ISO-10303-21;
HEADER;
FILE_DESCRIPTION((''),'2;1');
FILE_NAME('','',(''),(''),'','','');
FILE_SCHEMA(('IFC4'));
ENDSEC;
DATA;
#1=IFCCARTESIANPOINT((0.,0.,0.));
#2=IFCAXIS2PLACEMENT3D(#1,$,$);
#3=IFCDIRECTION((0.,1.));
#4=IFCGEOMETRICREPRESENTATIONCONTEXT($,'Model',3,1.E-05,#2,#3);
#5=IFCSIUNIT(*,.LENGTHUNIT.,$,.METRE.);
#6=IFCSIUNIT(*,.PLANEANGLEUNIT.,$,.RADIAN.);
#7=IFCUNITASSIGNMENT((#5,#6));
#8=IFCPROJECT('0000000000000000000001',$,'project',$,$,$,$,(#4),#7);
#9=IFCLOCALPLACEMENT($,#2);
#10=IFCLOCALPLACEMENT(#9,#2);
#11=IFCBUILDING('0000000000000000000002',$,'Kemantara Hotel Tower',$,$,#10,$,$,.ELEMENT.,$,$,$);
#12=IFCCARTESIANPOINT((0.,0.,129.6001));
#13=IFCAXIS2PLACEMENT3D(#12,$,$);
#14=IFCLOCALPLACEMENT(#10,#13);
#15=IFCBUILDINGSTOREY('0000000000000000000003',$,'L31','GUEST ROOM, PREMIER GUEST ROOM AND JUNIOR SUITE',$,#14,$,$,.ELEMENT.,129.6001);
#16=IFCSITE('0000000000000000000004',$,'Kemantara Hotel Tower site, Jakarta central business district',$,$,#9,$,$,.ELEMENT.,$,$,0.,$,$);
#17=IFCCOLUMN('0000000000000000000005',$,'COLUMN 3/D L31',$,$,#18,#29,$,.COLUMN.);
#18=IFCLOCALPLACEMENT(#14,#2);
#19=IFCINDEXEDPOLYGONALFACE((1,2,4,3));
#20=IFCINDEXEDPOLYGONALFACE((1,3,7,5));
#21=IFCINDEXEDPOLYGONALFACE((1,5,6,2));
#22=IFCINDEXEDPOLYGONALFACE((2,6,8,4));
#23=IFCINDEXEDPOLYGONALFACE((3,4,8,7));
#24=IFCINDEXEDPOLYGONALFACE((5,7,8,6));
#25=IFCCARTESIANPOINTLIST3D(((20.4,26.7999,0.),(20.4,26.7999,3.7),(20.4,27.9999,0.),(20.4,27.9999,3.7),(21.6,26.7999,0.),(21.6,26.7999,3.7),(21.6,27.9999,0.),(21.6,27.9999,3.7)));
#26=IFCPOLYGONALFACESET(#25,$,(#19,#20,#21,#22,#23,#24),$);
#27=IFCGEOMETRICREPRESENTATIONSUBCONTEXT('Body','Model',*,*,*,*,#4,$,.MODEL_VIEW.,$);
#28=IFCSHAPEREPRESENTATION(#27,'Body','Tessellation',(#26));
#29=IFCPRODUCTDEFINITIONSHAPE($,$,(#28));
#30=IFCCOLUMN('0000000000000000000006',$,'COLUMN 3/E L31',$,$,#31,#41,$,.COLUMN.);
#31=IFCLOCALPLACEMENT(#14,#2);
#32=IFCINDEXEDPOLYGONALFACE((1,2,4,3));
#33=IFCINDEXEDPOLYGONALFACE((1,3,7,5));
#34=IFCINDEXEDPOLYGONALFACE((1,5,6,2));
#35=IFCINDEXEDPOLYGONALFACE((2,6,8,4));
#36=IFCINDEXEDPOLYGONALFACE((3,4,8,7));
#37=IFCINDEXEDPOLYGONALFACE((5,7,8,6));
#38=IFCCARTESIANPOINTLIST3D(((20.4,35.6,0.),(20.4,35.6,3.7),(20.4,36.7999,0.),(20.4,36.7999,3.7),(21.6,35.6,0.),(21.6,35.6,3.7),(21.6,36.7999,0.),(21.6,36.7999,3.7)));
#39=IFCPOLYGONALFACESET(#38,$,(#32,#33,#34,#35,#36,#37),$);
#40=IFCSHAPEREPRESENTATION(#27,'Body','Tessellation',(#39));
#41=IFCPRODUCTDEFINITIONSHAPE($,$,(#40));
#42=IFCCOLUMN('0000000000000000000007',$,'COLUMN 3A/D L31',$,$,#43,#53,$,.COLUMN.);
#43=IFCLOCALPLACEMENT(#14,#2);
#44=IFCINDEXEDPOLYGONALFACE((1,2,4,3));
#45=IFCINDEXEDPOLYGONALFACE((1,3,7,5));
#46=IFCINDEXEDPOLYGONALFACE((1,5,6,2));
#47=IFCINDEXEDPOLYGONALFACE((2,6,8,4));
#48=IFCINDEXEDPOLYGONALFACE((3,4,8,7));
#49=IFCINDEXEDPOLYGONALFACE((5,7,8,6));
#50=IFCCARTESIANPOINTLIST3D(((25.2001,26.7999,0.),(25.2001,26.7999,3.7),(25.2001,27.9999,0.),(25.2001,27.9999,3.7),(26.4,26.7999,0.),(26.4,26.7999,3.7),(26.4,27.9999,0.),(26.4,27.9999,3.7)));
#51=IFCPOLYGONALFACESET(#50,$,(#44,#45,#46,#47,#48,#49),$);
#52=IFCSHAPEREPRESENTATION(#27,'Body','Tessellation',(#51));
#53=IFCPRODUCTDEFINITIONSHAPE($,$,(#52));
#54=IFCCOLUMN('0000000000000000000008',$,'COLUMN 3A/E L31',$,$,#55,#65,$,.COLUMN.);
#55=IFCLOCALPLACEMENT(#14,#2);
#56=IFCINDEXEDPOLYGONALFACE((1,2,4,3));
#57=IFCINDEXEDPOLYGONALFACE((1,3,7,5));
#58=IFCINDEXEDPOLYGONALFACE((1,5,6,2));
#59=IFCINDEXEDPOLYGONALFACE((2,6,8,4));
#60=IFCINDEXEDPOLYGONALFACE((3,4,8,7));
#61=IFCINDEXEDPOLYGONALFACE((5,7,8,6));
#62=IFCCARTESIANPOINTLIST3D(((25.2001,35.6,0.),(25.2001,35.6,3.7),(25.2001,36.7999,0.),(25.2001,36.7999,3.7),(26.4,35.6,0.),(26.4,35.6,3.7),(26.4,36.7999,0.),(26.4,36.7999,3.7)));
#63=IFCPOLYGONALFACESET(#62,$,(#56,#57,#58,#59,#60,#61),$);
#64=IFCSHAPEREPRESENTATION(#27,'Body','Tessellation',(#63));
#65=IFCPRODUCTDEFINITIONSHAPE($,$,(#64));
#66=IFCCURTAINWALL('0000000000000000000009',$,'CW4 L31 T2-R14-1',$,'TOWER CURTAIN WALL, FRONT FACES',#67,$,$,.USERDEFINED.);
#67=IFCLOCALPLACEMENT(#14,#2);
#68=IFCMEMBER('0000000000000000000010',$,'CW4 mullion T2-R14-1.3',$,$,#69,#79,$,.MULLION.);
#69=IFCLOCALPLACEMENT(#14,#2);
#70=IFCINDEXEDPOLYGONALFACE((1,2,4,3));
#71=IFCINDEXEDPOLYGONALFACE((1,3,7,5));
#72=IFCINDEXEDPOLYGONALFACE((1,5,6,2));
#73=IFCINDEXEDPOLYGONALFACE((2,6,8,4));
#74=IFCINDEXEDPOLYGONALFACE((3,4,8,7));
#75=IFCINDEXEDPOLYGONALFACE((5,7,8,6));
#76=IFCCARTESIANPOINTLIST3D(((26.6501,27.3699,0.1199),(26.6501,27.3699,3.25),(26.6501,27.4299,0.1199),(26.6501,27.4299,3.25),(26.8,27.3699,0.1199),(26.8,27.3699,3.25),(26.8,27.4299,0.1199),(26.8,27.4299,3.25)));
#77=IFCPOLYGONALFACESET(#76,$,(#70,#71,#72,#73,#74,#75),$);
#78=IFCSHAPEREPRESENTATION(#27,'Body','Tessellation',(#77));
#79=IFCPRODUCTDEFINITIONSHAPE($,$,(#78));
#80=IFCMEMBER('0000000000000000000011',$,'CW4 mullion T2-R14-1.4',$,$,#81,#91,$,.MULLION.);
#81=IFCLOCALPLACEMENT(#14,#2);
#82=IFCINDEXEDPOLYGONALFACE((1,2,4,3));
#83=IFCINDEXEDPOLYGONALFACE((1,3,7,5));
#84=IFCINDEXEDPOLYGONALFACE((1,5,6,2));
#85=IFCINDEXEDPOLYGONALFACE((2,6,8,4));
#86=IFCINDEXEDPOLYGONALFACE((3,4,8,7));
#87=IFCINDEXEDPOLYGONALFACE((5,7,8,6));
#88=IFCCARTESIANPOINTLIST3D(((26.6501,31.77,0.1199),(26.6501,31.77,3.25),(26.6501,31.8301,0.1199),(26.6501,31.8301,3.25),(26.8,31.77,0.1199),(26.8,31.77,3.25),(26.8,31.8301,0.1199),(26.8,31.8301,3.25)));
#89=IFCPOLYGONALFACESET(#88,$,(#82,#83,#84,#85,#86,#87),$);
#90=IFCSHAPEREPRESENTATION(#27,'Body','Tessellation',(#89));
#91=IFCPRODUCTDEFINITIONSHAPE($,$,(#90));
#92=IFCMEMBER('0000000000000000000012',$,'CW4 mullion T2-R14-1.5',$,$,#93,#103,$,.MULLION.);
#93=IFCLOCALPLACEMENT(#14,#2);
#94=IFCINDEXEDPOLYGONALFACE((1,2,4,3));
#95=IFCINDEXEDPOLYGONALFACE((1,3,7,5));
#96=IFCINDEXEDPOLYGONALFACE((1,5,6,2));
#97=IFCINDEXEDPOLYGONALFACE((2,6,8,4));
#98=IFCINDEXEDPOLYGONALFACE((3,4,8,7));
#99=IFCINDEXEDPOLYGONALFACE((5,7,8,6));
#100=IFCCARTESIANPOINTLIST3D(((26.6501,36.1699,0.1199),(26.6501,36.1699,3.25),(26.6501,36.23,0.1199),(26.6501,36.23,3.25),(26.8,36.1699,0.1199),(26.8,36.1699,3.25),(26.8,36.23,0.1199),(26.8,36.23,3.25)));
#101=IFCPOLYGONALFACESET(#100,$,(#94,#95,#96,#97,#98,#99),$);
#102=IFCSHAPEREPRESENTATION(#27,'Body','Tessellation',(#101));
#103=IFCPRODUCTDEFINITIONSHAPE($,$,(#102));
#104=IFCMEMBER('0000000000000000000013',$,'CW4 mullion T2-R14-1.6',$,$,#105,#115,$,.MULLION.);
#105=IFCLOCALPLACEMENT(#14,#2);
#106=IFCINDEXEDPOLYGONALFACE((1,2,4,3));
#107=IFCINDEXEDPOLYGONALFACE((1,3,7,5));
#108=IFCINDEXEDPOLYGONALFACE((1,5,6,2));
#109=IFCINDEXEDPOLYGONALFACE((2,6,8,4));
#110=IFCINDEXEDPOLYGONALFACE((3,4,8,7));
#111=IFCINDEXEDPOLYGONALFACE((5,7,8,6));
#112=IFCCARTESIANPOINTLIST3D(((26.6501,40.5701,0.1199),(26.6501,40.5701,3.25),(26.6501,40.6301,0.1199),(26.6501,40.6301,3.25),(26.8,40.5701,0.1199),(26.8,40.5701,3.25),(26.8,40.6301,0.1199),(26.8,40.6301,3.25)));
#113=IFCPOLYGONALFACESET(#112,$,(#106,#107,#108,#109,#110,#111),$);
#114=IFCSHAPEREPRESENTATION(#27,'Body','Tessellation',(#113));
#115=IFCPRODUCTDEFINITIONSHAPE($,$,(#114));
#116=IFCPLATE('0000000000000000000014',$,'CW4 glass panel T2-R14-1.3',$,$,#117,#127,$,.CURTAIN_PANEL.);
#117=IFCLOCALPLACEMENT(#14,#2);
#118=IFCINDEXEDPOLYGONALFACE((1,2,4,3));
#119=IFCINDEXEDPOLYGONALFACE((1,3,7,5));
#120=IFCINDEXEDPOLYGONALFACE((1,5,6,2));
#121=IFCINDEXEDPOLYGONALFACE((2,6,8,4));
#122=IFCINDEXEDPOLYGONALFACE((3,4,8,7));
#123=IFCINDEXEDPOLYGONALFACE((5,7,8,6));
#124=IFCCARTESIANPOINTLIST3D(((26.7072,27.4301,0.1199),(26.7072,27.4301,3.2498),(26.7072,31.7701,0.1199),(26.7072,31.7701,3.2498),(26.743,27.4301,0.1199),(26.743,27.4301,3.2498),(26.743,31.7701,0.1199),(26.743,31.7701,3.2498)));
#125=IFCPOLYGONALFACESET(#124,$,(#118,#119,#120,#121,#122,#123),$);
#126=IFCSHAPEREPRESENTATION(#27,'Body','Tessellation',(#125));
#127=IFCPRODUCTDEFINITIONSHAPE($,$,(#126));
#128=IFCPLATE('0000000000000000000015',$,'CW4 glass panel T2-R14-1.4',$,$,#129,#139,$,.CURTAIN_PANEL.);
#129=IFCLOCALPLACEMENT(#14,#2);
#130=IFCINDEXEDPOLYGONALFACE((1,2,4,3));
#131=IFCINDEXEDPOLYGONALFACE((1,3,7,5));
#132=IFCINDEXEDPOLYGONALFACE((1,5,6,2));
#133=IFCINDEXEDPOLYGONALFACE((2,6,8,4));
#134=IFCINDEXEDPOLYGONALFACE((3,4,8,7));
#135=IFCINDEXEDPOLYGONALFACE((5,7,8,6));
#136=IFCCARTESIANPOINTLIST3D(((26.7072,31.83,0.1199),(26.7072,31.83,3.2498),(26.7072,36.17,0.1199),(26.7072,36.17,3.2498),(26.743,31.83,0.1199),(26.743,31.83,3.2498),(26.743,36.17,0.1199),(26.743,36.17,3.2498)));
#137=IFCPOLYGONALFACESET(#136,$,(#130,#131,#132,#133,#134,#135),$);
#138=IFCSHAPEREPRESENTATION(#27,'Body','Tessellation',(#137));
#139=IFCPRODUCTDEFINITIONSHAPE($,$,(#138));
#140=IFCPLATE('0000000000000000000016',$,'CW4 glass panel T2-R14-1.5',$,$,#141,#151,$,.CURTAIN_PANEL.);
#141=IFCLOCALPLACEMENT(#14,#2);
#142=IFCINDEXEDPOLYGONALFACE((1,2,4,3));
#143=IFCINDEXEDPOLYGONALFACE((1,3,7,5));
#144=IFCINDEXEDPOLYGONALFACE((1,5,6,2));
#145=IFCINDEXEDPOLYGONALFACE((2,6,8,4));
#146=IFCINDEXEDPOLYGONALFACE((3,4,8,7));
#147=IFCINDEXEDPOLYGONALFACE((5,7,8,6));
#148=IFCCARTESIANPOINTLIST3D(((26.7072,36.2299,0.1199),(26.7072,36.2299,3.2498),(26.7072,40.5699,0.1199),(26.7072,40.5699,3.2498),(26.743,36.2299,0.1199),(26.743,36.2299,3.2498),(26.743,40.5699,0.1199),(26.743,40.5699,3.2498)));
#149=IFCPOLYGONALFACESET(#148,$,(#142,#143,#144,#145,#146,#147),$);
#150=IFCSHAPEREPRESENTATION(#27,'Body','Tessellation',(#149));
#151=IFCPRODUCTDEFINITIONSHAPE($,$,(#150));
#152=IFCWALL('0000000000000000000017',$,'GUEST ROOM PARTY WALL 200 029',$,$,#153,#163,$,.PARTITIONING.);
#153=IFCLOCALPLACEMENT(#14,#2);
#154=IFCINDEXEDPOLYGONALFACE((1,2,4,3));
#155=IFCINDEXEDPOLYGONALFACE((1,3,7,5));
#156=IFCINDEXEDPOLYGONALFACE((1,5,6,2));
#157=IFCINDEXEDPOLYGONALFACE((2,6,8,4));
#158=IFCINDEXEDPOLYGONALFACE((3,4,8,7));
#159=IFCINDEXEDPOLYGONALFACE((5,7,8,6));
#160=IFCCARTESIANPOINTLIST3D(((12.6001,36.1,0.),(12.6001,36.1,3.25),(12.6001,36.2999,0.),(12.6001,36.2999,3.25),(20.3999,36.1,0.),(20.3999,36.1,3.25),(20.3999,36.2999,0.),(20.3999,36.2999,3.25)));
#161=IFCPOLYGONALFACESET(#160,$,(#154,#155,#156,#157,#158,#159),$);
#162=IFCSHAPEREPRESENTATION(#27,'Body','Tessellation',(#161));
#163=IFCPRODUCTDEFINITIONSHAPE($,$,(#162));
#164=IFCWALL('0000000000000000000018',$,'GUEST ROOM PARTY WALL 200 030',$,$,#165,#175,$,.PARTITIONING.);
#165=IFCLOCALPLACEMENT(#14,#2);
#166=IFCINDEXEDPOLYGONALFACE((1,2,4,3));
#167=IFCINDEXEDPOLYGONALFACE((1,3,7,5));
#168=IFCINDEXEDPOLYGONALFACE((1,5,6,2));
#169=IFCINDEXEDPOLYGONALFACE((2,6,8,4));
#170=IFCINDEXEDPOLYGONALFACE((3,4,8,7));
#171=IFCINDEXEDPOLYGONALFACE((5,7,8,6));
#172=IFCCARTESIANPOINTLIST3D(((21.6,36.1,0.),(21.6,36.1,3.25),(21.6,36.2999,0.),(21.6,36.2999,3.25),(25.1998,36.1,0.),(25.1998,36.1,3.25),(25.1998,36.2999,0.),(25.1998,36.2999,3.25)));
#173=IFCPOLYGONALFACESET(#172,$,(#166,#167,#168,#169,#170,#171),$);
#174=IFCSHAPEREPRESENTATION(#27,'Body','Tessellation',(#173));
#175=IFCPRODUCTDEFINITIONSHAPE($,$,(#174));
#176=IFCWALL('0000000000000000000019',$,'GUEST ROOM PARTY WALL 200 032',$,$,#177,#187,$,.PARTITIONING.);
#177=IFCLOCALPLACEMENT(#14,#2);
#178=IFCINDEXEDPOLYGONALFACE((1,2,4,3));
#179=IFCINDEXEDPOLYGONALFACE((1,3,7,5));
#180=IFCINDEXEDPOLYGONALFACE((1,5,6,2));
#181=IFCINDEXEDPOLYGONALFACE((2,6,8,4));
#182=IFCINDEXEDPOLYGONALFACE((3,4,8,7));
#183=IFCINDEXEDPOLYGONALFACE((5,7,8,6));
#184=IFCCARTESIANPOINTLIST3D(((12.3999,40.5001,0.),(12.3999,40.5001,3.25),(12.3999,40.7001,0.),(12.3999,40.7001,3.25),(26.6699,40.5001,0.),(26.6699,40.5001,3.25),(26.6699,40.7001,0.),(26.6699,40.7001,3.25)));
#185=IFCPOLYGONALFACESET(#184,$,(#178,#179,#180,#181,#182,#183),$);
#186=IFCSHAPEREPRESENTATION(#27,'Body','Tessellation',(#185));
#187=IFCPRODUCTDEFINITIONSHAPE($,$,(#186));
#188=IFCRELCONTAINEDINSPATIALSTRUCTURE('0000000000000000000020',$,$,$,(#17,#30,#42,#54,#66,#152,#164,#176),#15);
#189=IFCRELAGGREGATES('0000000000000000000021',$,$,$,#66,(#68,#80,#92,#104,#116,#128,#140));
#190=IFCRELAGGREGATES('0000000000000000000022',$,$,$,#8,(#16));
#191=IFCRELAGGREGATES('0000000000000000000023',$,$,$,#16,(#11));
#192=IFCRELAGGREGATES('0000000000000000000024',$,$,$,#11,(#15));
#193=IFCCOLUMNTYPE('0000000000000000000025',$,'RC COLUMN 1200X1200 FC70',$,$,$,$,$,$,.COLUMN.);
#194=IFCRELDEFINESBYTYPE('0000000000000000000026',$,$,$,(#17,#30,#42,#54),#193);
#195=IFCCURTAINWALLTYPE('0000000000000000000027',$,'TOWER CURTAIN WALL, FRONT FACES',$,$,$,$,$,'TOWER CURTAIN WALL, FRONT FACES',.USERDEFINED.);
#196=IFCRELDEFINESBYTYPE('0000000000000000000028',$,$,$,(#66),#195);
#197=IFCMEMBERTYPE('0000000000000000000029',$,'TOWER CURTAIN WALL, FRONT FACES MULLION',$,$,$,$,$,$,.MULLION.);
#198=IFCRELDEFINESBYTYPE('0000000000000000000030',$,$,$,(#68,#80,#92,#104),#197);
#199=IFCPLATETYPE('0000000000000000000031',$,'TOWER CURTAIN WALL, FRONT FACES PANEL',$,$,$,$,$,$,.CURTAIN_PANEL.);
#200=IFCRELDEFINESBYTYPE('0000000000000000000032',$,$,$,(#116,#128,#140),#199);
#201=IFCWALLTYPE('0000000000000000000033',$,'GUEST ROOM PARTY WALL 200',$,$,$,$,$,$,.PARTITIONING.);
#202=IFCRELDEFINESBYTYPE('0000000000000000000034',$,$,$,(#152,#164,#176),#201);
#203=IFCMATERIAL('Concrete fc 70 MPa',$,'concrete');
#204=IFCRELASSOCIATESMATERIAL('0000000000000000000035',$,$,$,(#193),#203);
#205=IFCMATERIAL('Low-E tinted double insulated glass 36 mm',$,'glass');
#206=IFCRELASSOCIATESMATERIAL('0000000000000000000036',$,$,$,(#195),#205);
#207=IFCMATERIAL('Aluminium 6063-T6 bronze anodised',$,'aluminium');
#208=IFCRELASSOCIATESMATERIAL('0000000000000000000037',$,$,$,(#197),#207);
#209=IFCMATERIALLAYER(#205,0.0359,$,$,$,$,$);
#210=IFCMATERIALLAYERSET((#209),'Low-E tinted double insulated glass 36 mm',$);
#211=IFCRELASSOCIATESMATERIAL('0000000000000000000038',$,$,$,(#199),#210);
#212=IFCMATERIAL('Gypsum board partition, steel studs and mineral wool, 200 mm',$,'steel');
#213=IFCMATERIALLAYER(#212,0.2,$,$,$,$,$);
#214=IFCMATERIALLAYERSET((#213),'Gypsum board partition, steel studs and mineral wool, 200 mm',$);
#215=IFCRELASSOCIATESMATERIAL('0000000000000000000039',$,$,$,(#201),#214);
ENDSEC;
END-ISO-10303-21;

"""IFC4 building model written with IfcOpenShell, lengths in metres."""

from ifc_helpers import new_model, si_unit, direction, frame, frame_2d, origin, origin_2d, place, context, subcontext, project, spatial, rectangle, extrude, source, transform, mapped, material, layer, layer_set, material_profile, profile_set, type_object, element, aggregate, save


model = new_model("IFC4")

# Units and contexts
model_context = context("Model", 3, precision=1e-05, world=origin(), true_north=direction((0.0, 1.0)))
body_context = subcontext(model_context, "Body", "Model", "MODEL_VIEW")
ifc_project = project(units=[si_unit("LENGTHUNIT", "METRE"), si_unit("PLANEANGLEUNIT", "RADIAN")], contexts=[model_context])

# Site, building, storey
site_placement = place(None, origin())
site = spatial("IfcSite", under=ifc_project, at=site_placement, Name="Kemantara Hotel Tower site, Jakarta central business district", CompositionType="ELEMENT", RefElevation=0.0)
building_placement = place(site_placement, origin())
building = spatial("IfcBuilding", under=site, at=building_placement, Name="Kemantara Hotel Tower", CompositionType="ELEMENT")
storey_placement = place(building_placement, frame((0.0, 0.0, 129.6001)))
storey = spatial("IfcBuildingStorey", under=building, at=storey_placement, Name="L31", Description="GUEST ROOM, PREMIER GUEST ROOM AND JUNIOR SUITE", CompositionType="ELEMENT", Elevation=129.6001)

# Columns
ifc_material_1 = material(Name="Concrete fc 70 MPa", Category="concrete")
ifc_material_profile_1 = material_profile(ifc_material_1, rectangle(XDim=1.2, YDim=1.2, at=origin_2d()), Name="RC 1200X1200")
ifc_profile_set_1 = profile_set([ifc_material_profile_1], Name="Concrete fc 70 MPa")
column_type = type_object("IfcColumnType", Name="RC COLUMN 1200X1200 FC70", PredefinedType="COLUMN", material=ifc_profile_set_1)
for number, where, z_axis, x_axis, name in (
    (1, (21.0, 27.3999, 0.0), (0.0, 0.0, 1.0), (1.0, 0.0, 0.0), "COLUMN 3/D L31"),
    (2, (21.0, 36.2, 0.0), (0.0, 0.0, 1.0), (1.0, 0.0, 0.0), "COLUMN 3/E L31"),
    (3, (25.8, 27.3999, 0.0), (0.0, 0.0, 1.0), (1.0, 0.0, 0.0), "COLUMN 3A/D L31"),
    (4, (25.8, 36.2, 0.0), (0.0, 0.0, 1.0), (1.0, 0.0, 0.0), "COLUMN 3A/E L31"),
):
    element("IfcColumn", number, at=place(storey_placement, frame(where, z_axis=z_axis, x_axis=x_axis)), inside=storey, type_object=column_type, Name=name, PredefinedType="COLUMN", context=body_context, shape_type="SweptSolid", body=[
        extrude(rectangle(XDim=1.2, YDim=1.2, at=origin_2d()), origin(), (0.0, 0.0, 1.0), 3.7),
    ])

# Curtain wall, members, plates
ifc_material_2 = material(Name="Low-E tinted double insulated glass 36 mm", Category="glass")
curtain_wall_type = type_object("IfcCurtainWallType", Name="TOWER CURTAIN WALL, FRONT FACES", ElementType="TOWER CURTAIN WALL, FRONT FACES", PredefinedType="USERDEFINED", material=ifc_material_2)
curtain_wall_placement = place(storey_placement, origin())
curtain_wall = element("IfcCurtainWall", 5, at=curtain_wall_placement, inside=storey, type_object=curtain_wall_type, Name="CW4 L31 T2-R14-1", ObjectType="TOWER CURTAIN WALL, FRONT FACES", PredefinedType="USERDEFINED")
ifc_material_3 = material(Name="Aluminium 6063-T6 bronze anodised", Category="aluminium")
ifc_material_profile_2 = material_profile(ifc_material_3, rectangle(XDim=0.1499, YDim=0.0601, at=origin_2d()), Name="TOWER CURTAIN WALL, FRONT FACES MULLION")
ifc_profile_set_2 = profile_set([ifc_material_profile_2], Name="Aluminium 6063-T6 bronze anodised")
member_type = type_object("IfcMemberType", Name="TOWER CURTAIN WALL, FRONT FACES MULLION", PredefinedType="MULLION", material=ifc_profile_set_2)
shared_shape_1 = source(origin(), body_context, "Body", "SweptSolid", [
    extrude(rectangle(XDim=0.1499, YDim=0.0601, at=origin_2d()), origin(), (0.0, 0.0, 1.0), 3.1301),
])
member_1_placement = place(storey_placement, frame((26.7251, 27.3999, 0.1199), z_axis=(0.0, 0.0, 1.0), x_axis=(-1.0, 0.0, 0.0)))
member_1 = element("IfcMember", 6, at=member_1_placement, type_object=member_type, Name="CW4 mullion T2-R14-1.3", PredefinedType="MULLION", context=body_context, shape_type="MappedRepresentation", body=[
    mapped(shared_shape_1, transform((0.0, 0.0, 0.0))),
])
member_2_placement = place(storey_placement, frame((26.7251, 31.8, 0.1199), z_axis=(0.0, 0.0, 1.0), x_axis=(-1.0, 0.0, 0.0)))
member_2 = element("IfcMember", 7, at=member_2_placement, type_object=member_type, Name="CW4 mullion T2-R14-1.4", PredefinedType="MULLION", context=body_context, shape_type="MappedRepresentation", body=[
    mapped(shared_shape_1, transform((0.0, 0.0, 0.0))),
])
member_3_placement = place(storey_placement, frame((26.7251, 36.2, 0.1199), z_axis=(0.0, 0.0, 1.0), x_axis=(-1.0, 0.0, 0.0)))
member_3 = element("IfcMember", 8, at=member_3_placement, type_object=member_type, Name="CW4 mullion T2-R14-1.5", PredefinedType="MULLION", context=body_context, shape_type="MappedRepresentation", body=[
    mapped(shared_shape_1, transform((0.0, 0.0, 0.0))),
])
member_4_placement = place(storey_placement, frame((26.7251, 40.6001, 0.1199), z_axis=(0.0, 0.0, 1.0), x_axis=(-1.0, 0.0, 0.0)))
member_4 = element("IfcMember", 9, at=member_4_placement, type_object=member_type, Name="CW4 mullion T2-R14-1.6", PredefinedType="MULLION", context=body_context, shape_type="MappedRepresentation", body=[
    mapped(shared_shape_1, transform((0.0, 0.0, 0.0))),
])
ifc_layer_1 = layer(ifc_material_2, 0.0359)
ifc_layer_set_1 = layer_set([ifc_layer_1], Name="Low-E tinted double insulated glass 36 mm")
plate_type = type_object("IfcPlateType", Name="TOWER CURTAIN WALL, FRONT FACES PANEL", PredefinedType="CURTAIN_PANEL", material=ifc_layer_set_1)
shared_shape_2 = source(origin(), body_context, "Body", "SweptSolid", [
    extrude(rectangle(XDim=4.3401, YDim=0.0359, at=origin_2d()), origin(), (0.0, 0.0, 1.0), 3.1299),
])
plate_1_placement = place(storey_placement, frame((26.7251, 29.6001, 0.1199), z_axis=(0.0, 0.0, 1.0), x_axis=(0.0, 1.0, 0.0)))
plate_1 = element("IfcPlate", 10, at=plate_1_placement, type_object=plate_type, Name="CW4 glass panel T2-R14-1.3", PredefinedType="CURTAIN_PANEL", context=body_context, shape_type="MappedRepresentation", body=[
    mapped(shared_shape_2, transform((0.0, 0.0, 0.0))),
])
plate_2_placement = place(storey_placement, frame((26.7251, 34.0, 0.1199), z_axis=(0.0, 0.0, 1.0), x_axis=(0.0, 1.0, 0.0)))
plate_2 = element("IfcPlate", 11, at=plate_2_placement, type_object=plate_type, Name="CW4 glass panel T2-R14-1.4", PredefinedType="CURTAIN_PANEL", context=body_context, shape_type="MappedRepresentation", body=[
    mapped(shared_shape_2, transform((0.0, 0.0, 0.0))),
])
plate_3_placement = place(storey_placement, frame((26.7251, 38.3999, 0.1199), z_axis=(0.0, 0.0, 1.0), x_axis=(0.0, 1.0, 0.0)))
plate_3 = element("IfcPlate", 12, at=plate_3_placement, type_object=plate_type, Name="CW4 glass panel T2-R14-1.5", PredefinedType="CURTAIN_PANEL", context=body_context, shape_type="MappedRepresentation", body=[
    mapped(shared_shape_2, transform((0.0, 0.0, 0.0))),
])
aggregate(curtain_wall, [member_1, member_2, member_3, member_4, plate_1, plate_2, plate_3])

# Walls
ifc_material_4 = material(Name="Gypsum board partition, steel studs and mineral wool, 200 mm", Category="steel")
ifc_layer_2 = layer(ifc_material_4, 0.2)
ifc_layer_set_2 = layer_set([ifc_layer_2], Name="Gypsum board partition, steel studs and mineral wool, 200 mm")
wall_type_1 = type_object("IfcWallType", Name="GUEST ROOM PARTY WALL 200", PredefinedType="PARTITIONING", material=ifc_layer_set_2)
wall_1_placement = place(storey_placement, frame((12.6001, 36.2, 0.0), z_axis=(0.0, 0.0, 1.0), x_axis=(1.0, 0.0, 0.0)))
element("IfcWall", 13, at=wall_1_placement, inside=storey, type_object=wall_type_1, Name="GUEST ROOM PARTY WALL 200 029", PredefinedType="PARTITIONING", context=body_context, shape_type="SweptSolid", body=[
    extrude(rectangle(XDim=7.7998, YDim=0.2, at=frame_2d((3.8999, 0.0))), origin(), (0.0, 0.0, 1.0), 3.25),
])
wall_2_placement = place(storey_placement, frame((21.6001, 36.2, 0.0), z_axis=(0.0, 0.0, 1.0), x_axis=(1.0, 0.0, 0.0)))
element("IfcWall", 14, at=wall_2_placement, inside=storey, type_object=wall_type_1, Name="GUEST ROOM PARTY WALL 200 030", PredefinedType="PARTITIONING", context=body_context, shape_type="SweptSolid", body=[
    extrude(rectangle(XDim=3.5999, YDim=0.2, at=frame_2d((1.7998, 0.0))), origin(), (0.0, 0.0, 1.0), 3.25),
])
wall_3_placement = place(storey_placement, frame((12.3999, 40.6001, 0.0), z_axis=(0.0, 0.0, 1.0), x_axis=(1.0, 0.0, 0.0)))
element("IfcWall", 15, at=wall_3_placement, inside=storey, type_object=wall_type_1, Name="GUEST ROOM PARTY WALL 200 032", PredefinedType="PARTITIONING", context=body_context, shape_type="SweptSolid", body=[
    extrude(rectangle(XDim=14.27, YDim=0.2, at=frame_2d((7.135, 0.0))), origin(), (0.0, 0.0, 1.0), 3.25),
])

save(model, "model.ifc")
